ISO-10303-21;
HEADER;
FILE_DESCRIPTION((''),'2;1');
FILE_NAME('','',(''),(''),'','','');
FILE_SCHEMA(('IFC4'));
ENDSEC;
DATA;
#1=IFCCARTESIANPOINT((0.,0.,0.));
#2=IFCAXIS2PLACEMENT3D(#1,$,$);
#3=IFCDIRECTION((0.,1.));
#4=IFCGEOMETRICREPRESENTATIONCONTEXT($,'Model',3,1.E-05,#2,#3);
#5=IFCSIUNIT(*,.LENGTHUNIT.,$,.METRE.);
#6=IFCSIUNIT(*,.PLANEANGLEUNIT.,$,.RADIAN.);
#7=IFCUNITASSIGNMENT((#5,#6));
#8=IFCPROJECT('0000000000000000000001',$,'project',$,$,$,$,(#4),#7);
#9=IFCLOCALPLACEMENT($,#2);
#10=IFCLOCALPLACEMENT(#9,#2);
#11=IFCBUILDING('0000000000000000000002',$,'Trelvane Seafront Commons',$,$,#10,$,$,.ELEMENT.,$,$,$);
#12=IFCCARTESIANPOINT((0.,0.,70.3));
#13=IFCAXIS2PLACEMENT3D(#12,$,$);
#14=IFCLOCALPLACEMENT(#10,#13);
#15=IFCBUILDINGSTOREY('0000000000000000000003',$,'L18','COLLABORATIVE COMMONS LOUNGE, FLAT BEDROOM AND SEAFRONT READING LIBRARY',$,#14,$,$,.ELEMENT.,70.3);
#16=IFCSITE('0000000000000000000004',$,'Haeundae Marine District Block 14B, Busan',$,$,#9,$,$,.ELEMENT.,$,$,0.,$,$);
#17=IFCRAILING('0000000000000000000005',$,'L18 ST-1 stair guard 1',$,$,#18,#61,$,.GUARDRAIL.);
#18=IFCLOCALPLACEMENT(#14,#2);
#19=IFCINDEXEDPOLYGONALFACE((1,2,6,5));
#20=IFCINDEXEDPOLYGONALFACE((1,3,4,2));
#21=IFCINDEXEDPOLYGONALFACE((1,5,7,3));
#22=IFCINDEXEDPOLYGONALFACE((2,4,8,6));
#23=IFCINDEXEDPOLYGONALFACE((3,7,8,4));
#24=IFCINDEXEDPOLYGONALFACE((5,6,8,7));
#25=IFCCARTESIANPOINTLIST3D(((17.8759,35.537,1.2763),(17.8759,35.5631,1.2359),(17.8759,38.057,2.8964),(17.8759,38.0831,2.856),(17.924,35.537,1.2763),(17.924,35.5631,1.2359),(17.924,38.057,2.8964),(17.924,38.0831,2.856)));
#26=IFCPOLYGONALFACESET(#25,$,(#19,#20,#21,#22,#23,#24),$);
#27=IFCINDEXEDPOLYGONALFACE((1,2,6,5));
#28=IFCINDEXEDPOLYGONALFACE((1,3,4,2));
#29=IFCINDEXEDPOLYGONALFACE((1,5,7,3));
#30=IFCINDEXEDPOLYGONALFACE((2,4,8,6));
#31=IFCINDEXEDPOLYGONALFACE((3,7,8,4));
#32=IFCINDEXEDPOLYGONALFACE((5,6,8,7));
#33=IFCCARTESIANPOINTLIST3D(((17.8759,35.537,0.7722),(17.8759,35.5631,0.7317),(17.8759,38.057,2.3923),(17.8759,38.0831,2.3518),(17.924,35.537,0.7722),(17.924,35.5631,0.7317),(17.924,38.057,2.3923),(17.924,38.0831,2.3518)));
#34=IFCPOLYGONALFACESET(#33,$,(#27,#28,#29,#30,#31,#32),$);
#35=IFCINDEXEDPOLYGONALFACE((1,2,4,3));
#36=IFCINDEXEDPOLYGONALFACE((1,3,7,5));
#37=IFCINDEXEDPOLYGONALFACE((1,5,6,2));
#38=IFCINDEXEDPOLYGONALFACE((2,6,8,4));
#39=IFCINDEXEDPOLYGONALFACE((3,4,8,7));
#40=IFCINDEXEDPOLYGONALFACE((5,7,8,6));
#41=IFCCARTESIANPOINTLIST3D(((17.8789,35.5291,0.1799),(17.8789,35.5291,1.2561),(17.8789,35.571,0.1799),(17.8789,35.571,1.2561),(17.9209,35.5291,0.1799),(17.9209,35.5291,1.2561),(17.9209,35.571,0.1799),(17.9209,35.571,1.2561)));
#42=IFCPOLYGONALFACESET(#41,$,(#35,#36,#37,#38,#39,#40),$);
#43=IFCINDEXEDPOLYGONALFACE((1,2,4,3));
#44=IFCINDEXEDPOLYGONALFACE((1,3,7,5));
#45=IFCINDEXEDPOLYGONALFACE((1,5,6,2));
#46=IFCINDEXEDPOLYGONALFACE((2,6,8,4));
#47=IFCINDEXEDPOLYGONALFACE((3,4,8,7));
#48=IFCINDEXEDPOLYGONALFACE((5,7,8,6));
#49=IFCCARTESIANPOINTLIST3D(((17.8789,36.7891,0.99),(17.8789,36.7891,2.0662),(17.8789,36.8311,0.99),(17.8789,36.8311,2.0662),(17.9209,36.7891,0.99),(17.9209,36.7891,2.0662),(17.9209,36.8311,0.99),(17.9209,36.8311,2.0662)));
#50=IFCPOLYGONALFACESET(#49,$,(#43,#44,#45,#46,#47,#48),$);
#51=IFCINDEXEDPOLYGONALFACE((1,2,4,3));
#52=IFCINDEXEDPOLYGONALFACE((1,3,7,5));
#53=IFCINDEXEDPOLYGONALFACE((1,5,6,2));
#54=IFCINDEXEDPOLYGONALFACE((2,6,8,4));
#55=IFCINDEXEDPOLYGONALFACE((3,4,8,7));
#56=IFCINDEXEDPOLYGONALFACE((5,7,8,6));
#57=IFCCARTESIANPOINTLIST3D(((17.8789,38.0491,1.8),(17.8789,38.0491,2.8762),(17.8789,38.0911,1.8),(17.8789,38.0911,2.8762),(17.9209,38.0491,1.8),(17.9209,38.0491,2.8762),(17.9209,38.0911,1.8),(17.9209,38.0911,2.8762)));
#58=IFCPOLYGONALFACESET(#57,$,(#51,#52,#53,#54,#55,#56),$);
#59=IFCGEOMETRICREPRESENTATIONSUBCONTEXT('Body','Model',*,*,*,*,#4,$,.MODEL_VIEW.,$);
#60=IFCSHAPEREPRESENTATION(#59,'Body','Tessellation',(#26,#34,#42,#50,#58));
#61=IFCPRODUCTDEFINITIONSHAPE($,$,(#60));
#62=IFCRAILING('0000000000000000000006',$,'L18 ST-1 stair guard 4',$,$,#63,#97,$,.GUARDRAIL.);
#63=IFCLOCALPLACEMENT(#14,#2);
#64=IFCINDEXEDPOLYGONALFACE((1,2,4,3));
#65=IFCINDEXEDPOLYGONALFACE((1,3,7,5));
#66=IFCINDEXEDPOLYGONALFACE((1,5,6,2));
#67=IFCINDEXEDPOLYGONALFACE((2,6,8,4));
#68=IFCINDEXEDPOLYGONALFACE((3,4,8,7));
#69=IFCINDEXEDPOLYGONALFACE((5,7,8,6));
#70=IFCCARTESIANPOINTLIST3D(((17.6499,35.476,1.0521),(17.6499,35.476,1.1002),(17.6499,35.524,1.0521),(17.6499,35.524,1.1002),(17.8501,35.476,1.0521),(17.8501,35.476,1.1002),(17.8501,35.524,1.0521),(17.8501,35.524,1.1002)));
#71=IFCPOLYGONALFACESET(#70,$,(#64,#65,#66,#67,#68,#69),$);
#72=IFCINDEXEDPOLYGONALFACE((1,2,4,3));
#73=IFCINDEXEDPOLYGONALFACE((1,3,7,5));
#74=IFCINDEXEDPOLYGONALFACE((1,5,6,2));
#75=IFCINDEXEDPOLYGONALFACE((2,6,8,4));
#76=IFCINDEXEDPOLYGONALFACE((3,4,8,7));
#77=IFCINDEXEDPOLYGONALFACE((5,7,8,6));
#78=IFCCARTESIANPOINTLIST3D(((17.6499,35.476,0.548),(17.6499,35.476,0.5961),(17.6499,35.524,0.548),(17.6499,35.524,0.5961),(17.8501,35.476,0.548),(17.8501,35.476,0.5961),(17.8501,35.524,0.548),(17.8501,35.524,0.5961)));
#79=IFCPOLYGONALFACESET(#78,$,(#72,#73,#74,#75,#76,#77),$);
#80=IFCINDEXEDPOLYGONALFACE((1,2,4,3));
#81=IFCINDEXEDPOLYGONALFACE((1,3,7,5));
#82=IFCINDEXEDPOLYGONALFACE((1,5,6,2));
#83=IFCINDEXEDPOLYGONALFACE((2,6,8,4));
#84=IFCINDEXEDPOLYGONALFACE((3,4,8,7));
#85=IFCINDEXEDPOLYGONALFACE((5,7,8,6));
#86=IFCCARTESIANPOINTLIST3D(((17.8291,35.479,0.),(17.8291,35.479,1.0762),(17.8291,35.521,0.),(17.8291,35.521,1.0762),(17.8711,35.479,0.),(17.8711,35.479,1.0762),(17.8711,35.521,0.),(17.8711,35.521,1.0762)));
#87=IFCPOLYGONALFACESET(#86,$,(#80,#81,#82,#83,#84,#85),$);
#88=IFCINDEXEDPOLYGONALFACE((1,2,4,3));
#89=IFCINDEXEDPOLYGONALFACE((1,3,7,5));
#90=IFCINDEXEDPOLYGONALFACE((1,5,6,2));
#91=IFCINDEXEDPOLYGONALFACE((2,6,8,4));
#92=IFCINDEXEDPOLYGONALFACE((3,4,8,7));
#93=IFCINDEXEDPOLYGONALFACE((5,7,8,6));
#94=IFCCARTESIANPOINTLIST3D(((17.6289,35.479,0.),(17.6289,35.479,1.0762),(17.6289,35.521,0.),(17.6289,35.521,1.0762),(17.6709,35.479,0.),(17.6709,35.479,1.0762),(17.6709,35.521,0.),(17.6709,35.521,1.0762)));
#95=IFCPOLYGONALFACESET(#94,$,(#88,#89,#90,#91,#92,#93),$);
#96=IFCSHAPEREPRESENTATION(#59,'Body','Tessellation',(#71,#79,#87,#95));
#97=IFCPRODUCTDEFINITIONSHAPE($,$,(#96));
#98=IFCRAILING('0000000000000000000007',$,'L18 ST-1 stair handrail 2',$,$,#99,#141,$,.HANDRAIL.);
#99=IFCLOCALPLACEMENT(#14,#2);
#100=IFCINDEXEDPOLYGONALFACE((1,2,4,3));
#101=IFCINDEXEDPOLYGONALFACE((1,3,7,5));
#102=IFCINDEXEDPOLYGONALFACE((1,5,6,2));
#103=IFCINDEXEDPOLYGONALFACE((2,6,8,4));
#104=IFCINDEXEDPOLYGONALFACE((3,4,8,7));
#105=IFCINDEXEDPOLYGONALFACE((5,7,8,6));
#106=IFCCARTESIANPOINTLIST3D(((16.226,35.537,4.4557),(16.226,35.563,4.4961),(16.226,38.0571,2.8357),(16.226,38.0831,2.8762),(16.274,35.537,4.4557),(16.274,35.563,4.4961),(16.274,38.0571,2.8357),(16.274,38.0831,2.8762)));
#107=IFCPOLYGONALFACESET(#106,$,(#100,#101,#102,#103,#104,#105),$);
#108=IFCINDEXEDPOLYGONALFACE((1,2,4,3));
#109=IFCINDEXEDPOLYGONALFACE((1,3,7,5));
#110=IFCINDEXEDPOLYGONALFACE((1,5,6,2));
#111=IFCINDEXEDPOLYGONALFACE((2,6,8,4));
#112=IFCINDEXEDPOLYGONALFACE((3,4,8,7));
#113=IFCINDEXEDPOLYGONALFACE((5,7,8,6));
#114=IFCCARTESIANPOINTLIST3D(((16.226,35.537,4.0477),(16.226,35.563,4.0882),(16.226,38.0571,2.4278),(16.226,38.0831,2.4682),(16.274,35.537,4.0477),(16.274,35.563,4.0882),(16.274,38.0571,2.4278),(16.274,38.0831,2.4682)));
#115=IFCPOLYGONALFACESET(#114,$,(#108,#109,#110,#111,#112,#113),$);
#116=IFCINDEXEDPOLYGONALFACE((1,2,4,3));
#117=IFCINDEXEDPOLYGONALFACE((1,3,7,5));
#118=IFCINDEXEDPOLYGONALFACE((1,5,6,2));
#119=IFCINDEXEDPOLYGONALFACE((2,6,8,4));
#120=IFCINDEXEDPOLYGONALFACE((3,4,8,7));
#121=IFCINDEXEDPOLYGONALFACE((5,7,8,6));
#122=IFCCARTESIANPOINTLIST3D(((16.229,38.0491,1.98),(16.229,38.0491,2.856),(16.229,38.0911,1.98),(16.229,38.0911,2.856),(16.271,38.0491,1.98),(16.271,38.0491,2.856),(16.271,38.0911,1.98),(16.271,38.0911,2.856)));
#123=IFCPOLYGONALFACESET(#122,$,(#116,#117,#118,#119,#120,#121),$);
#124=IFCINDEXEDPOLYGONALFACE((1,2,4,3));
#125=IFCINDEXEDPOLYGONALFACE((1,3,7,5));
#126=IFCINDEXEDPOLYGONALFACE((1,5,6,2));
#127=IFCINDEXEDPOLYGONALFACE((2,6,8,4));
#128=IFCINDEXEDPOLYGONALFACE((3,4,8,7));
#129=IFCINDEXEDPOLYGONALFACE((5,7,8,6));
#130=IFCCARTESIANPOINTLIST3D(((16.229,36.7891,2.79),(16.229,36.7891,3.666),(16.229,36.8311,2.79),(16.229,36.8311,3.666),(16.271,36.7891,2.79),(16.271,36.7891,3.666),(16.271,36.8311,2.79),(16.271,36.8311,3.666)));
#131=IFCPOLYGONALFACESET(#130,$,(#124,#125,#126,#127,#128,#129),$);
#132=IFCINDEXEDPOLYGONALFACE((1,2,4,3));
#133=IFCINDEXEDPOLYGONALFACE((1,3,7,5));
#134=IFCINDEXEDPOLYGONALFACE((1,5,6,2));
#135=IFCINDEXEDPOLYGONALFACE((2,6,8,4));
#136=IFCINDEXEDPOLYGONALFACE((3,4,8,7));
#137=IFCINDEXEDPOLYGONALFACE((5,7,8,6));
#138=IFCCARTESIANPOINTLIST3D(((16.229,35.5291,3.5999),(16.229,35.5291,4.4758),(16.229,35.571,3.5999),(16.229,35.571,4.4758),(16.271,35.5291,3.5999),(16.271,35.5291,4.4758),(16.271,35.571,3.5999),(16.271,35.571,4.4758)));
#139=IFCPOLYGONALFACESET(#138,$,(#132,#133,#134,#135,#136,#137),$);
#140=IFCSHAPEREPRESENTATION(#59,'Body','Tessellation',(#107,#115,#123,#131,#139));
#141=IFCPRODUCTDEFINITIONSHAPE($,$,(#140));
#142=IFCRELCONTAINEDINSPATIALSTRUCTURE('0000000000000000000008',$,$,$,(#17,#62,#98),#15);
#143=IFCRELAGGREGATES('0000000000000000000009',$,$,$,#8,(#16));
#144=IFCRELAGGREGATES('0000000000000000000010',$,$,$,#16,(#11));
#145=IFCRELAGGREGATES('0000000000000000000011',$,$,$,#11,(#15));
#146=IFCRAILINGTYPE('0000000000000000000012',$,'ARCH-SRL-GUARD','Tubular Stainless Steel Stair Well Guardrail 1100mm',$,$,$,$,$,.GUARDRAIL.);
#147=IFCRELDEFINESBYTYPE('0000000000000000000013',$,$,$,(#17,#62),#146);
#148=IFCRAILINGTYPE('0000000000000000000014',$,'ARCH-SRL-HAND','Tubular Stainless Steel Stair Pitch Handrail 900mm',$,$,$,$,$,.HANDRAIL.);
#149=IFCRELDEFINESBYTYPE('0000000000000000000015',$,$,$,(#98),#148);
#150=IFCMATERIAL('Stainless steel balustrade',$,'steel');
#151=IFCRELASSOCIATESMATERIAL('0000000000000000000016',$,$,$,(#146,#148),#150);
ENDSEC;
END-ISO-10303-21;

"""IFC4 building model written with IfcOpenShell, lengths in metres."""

from ifc_helpers import new_model, si_unit, direction, frame, origin, origin_2d, place, context, subcontext, project, spatial, rectangle, extrude, material, type_object, element, save


model = new_model("IFC4")

# Units and contexts
model_context = context("Model", 3, precision=1e-05, world=origin(), true_north=direction((0.0, 1.0)))
body_context = subcontext(model_context, "Body", "Model", "MODEL_VIEW")
ifc_project = project(units=[si_unit("LENGTHUNIT", "METRE"), si_unit("PLANEANGLEUNIT", "RADIAN")], contexts=[model_context])

# Site, building, storey
site_placement = place(None, origin())
site = spatial("IfcSite", under=ifc_project, at=site_placement, Name="Haeundae Marine District Block 14B, Busan", CompositionType="ELEMENT", RefElevation=0.0)
building_placement = place(site_placement, origin())
building = spatial("IfcBuilding", under=site, at=building_placement, Name="Trelvane Seafront Commons", CompositionType="ELEMENT")
storey_placement = place(building_placement, frame((0.0, 0.0, 70.3)))
storey = spatial("IfcBuildingStorey", under=building, at=storey_placement, Name="L18", Description="COLLABORATIVE COMMONS LOUNGE, FLAT BEDROOM AND SEAFRONT READING LIBRARY", CompositionType="ELEMENT", Elevation=70.3)

# Railings
ifc_material_1 = material(Name="Stainless steel balustrade", Category="steel")
railing_type_1 = type_object("IfcRailingType", Name="ARCH-SRL-GUARD", Description="Tubular Stainless Steel Stair Well Guardrail 1100mm", PredefinedType="GUARDRAIL", material=ifc_material_1)
railing_1_placement = place(storey_placement, frame((17.8999, 35.55, 0.1799)))
element("IfcRailing", 1, at=railing_1_placement, inside=storey, type_object=railing_type_1, Name="L18 ST-1 stair guard 1", PredefinedType="GUARDRAIL", context=body_context, shape_type="SweptSolid", body=[
    extrude(rectangle(XDim=0.0481, YDim=0.0481, at=origin_2d()), frame((0.0, 0.0, 1.0762), z_axis=(0.0, 0.841163, 0.540782), x_axis=(-1.0, 0.0, 0.0)), (0.0, 0.0, 1.0), 2.9958),
    extrude(rectangle(XDim=0.0481, YDim=0.0481, at=origin_2d()), frame((0.0, 0.0, 0.572), z_axis=(0.0, 0.841163, 0.540782), x_axis=(-1.0, 0.0, 0.0)), (0.0, 0.0, 1.0), 2.9958),
    extrude(rectangle(XDim=0.042, YDim=0.042, at=origin_2d()), origin(), (0.0, 0.0, 1.0), 1.0762),
    extrude(rectangle(XDim=0.042, YDim=0.042, at=origin_2d()), frame((0.0, 1.26, 0.8101)), (0.0, 0.0, 1.0), 1.0762),
    extrude(rectangle(XDim=0.042, YDim=0.042, at=origin_2d()), frame((0.0, 2.52, 1.6201)), (0.0, 0.0, 1.0), 1.0762),
])
railing_2_placement = place(storey_placement, frame((17.8501, 35.5, 0.0)))
element("IfcRailing", 2, at=railing_2_placement, inside=storey, type_object=railing_type_1, Name="L18 ST-1 stair guard 4", PredefinedType="GUARDRAIL", context=body_context, shape_type="SweptSolid", body=[
    extrude(rectangle(XDim=0.0481, YDim=0.0481, at=origin_2d()), frame((0.0, 0.0, 1.0762), z_axis=(-1.0, 0.0, 0.0), x_axis=(0.0, -1.0, 0.0)), (0.0, 0.0, 1.0), 0.2002),
    extrude(rectangle(XDim=0.0481, YDim=0.0481, at=origin_2d()), frame((0.0, 0.0, 0.572), z_axis=(-1.0, 0.0, 0.0), x_axis=(0.0, -1.0, 0.0)), (0.0, 0.0, 1.0), 0.2002),
    extrude(rectangle(XDim=0.042, YDim=0.042, at=origin_2d()), origin(), (0.0, 0.0, 1.0), 1.0762),
    extrude(rectangle(XDim=0.042, YDim=0.042, at=origin_2d()), frame((-0.2002, 0.0, 0.0)), (0.0, 0.0, 1.0), 1.0762),
])
railing_type_2 = type_object("IfcRailingType", Name="ARCH-SRL-HAND", Description="Tubular Stainless Steel Stair Pitch Handrail 900mm", PredefinedType="HANDRAIL", material=ifc_material_1)
railing_3_placement = place(storey_placement, frame((16.25, 38.0701, 1.98)))
element("IfcRailing", 3, at=railing_3_placement, inside=storey, type_object=railing_type_2, Name="L18 ST-1 stair handrail 2", PredefinedType="HANDRAIL", context=body_context, shape_type="SweptSolid", body=[
    extrude(rectangle(XDim=0.0481, YDim=0.0481, at=origin_2d()), frame((0.0, 0.0, 0.876), z_axis=(0.0, -0.8412, 0.540725), x_axis=(1.0, 0.0, 0.0)), (0.0, 0.0, 1.0), 2.9958),
    extrude(rectangle(XDim=0.0481, YDim=0.0481, at=origin_2d()), frame((0.0, 0.0, 0.468), z_axis=(0.0, -0.8412, 0.540725), x_axis=(1.0, 0.0, 0.0)), (0.0, 0.0, 1.0), 2.9958),
    extrude(rectangle(XDim=0.042, YDim=0.042, at=origin_2d()), origin(), (0.0, 0.0, 1.0), 0.876),
    extrude(rectangle(XDim=0.042, YDim=0.042, at=origin_2d()), frame((0.0, -1.26, 0.8101)), (0.0, 0.0, 1.0), 0.876),
    extrude(rectangle(XDim=0.042, YDim=0.042, at=origin_2d()), frame((0.0, -2.52, 1.6199)), (0.0, 0.0, 1.0), 0.876),
])

save(model, "model.ifc")
